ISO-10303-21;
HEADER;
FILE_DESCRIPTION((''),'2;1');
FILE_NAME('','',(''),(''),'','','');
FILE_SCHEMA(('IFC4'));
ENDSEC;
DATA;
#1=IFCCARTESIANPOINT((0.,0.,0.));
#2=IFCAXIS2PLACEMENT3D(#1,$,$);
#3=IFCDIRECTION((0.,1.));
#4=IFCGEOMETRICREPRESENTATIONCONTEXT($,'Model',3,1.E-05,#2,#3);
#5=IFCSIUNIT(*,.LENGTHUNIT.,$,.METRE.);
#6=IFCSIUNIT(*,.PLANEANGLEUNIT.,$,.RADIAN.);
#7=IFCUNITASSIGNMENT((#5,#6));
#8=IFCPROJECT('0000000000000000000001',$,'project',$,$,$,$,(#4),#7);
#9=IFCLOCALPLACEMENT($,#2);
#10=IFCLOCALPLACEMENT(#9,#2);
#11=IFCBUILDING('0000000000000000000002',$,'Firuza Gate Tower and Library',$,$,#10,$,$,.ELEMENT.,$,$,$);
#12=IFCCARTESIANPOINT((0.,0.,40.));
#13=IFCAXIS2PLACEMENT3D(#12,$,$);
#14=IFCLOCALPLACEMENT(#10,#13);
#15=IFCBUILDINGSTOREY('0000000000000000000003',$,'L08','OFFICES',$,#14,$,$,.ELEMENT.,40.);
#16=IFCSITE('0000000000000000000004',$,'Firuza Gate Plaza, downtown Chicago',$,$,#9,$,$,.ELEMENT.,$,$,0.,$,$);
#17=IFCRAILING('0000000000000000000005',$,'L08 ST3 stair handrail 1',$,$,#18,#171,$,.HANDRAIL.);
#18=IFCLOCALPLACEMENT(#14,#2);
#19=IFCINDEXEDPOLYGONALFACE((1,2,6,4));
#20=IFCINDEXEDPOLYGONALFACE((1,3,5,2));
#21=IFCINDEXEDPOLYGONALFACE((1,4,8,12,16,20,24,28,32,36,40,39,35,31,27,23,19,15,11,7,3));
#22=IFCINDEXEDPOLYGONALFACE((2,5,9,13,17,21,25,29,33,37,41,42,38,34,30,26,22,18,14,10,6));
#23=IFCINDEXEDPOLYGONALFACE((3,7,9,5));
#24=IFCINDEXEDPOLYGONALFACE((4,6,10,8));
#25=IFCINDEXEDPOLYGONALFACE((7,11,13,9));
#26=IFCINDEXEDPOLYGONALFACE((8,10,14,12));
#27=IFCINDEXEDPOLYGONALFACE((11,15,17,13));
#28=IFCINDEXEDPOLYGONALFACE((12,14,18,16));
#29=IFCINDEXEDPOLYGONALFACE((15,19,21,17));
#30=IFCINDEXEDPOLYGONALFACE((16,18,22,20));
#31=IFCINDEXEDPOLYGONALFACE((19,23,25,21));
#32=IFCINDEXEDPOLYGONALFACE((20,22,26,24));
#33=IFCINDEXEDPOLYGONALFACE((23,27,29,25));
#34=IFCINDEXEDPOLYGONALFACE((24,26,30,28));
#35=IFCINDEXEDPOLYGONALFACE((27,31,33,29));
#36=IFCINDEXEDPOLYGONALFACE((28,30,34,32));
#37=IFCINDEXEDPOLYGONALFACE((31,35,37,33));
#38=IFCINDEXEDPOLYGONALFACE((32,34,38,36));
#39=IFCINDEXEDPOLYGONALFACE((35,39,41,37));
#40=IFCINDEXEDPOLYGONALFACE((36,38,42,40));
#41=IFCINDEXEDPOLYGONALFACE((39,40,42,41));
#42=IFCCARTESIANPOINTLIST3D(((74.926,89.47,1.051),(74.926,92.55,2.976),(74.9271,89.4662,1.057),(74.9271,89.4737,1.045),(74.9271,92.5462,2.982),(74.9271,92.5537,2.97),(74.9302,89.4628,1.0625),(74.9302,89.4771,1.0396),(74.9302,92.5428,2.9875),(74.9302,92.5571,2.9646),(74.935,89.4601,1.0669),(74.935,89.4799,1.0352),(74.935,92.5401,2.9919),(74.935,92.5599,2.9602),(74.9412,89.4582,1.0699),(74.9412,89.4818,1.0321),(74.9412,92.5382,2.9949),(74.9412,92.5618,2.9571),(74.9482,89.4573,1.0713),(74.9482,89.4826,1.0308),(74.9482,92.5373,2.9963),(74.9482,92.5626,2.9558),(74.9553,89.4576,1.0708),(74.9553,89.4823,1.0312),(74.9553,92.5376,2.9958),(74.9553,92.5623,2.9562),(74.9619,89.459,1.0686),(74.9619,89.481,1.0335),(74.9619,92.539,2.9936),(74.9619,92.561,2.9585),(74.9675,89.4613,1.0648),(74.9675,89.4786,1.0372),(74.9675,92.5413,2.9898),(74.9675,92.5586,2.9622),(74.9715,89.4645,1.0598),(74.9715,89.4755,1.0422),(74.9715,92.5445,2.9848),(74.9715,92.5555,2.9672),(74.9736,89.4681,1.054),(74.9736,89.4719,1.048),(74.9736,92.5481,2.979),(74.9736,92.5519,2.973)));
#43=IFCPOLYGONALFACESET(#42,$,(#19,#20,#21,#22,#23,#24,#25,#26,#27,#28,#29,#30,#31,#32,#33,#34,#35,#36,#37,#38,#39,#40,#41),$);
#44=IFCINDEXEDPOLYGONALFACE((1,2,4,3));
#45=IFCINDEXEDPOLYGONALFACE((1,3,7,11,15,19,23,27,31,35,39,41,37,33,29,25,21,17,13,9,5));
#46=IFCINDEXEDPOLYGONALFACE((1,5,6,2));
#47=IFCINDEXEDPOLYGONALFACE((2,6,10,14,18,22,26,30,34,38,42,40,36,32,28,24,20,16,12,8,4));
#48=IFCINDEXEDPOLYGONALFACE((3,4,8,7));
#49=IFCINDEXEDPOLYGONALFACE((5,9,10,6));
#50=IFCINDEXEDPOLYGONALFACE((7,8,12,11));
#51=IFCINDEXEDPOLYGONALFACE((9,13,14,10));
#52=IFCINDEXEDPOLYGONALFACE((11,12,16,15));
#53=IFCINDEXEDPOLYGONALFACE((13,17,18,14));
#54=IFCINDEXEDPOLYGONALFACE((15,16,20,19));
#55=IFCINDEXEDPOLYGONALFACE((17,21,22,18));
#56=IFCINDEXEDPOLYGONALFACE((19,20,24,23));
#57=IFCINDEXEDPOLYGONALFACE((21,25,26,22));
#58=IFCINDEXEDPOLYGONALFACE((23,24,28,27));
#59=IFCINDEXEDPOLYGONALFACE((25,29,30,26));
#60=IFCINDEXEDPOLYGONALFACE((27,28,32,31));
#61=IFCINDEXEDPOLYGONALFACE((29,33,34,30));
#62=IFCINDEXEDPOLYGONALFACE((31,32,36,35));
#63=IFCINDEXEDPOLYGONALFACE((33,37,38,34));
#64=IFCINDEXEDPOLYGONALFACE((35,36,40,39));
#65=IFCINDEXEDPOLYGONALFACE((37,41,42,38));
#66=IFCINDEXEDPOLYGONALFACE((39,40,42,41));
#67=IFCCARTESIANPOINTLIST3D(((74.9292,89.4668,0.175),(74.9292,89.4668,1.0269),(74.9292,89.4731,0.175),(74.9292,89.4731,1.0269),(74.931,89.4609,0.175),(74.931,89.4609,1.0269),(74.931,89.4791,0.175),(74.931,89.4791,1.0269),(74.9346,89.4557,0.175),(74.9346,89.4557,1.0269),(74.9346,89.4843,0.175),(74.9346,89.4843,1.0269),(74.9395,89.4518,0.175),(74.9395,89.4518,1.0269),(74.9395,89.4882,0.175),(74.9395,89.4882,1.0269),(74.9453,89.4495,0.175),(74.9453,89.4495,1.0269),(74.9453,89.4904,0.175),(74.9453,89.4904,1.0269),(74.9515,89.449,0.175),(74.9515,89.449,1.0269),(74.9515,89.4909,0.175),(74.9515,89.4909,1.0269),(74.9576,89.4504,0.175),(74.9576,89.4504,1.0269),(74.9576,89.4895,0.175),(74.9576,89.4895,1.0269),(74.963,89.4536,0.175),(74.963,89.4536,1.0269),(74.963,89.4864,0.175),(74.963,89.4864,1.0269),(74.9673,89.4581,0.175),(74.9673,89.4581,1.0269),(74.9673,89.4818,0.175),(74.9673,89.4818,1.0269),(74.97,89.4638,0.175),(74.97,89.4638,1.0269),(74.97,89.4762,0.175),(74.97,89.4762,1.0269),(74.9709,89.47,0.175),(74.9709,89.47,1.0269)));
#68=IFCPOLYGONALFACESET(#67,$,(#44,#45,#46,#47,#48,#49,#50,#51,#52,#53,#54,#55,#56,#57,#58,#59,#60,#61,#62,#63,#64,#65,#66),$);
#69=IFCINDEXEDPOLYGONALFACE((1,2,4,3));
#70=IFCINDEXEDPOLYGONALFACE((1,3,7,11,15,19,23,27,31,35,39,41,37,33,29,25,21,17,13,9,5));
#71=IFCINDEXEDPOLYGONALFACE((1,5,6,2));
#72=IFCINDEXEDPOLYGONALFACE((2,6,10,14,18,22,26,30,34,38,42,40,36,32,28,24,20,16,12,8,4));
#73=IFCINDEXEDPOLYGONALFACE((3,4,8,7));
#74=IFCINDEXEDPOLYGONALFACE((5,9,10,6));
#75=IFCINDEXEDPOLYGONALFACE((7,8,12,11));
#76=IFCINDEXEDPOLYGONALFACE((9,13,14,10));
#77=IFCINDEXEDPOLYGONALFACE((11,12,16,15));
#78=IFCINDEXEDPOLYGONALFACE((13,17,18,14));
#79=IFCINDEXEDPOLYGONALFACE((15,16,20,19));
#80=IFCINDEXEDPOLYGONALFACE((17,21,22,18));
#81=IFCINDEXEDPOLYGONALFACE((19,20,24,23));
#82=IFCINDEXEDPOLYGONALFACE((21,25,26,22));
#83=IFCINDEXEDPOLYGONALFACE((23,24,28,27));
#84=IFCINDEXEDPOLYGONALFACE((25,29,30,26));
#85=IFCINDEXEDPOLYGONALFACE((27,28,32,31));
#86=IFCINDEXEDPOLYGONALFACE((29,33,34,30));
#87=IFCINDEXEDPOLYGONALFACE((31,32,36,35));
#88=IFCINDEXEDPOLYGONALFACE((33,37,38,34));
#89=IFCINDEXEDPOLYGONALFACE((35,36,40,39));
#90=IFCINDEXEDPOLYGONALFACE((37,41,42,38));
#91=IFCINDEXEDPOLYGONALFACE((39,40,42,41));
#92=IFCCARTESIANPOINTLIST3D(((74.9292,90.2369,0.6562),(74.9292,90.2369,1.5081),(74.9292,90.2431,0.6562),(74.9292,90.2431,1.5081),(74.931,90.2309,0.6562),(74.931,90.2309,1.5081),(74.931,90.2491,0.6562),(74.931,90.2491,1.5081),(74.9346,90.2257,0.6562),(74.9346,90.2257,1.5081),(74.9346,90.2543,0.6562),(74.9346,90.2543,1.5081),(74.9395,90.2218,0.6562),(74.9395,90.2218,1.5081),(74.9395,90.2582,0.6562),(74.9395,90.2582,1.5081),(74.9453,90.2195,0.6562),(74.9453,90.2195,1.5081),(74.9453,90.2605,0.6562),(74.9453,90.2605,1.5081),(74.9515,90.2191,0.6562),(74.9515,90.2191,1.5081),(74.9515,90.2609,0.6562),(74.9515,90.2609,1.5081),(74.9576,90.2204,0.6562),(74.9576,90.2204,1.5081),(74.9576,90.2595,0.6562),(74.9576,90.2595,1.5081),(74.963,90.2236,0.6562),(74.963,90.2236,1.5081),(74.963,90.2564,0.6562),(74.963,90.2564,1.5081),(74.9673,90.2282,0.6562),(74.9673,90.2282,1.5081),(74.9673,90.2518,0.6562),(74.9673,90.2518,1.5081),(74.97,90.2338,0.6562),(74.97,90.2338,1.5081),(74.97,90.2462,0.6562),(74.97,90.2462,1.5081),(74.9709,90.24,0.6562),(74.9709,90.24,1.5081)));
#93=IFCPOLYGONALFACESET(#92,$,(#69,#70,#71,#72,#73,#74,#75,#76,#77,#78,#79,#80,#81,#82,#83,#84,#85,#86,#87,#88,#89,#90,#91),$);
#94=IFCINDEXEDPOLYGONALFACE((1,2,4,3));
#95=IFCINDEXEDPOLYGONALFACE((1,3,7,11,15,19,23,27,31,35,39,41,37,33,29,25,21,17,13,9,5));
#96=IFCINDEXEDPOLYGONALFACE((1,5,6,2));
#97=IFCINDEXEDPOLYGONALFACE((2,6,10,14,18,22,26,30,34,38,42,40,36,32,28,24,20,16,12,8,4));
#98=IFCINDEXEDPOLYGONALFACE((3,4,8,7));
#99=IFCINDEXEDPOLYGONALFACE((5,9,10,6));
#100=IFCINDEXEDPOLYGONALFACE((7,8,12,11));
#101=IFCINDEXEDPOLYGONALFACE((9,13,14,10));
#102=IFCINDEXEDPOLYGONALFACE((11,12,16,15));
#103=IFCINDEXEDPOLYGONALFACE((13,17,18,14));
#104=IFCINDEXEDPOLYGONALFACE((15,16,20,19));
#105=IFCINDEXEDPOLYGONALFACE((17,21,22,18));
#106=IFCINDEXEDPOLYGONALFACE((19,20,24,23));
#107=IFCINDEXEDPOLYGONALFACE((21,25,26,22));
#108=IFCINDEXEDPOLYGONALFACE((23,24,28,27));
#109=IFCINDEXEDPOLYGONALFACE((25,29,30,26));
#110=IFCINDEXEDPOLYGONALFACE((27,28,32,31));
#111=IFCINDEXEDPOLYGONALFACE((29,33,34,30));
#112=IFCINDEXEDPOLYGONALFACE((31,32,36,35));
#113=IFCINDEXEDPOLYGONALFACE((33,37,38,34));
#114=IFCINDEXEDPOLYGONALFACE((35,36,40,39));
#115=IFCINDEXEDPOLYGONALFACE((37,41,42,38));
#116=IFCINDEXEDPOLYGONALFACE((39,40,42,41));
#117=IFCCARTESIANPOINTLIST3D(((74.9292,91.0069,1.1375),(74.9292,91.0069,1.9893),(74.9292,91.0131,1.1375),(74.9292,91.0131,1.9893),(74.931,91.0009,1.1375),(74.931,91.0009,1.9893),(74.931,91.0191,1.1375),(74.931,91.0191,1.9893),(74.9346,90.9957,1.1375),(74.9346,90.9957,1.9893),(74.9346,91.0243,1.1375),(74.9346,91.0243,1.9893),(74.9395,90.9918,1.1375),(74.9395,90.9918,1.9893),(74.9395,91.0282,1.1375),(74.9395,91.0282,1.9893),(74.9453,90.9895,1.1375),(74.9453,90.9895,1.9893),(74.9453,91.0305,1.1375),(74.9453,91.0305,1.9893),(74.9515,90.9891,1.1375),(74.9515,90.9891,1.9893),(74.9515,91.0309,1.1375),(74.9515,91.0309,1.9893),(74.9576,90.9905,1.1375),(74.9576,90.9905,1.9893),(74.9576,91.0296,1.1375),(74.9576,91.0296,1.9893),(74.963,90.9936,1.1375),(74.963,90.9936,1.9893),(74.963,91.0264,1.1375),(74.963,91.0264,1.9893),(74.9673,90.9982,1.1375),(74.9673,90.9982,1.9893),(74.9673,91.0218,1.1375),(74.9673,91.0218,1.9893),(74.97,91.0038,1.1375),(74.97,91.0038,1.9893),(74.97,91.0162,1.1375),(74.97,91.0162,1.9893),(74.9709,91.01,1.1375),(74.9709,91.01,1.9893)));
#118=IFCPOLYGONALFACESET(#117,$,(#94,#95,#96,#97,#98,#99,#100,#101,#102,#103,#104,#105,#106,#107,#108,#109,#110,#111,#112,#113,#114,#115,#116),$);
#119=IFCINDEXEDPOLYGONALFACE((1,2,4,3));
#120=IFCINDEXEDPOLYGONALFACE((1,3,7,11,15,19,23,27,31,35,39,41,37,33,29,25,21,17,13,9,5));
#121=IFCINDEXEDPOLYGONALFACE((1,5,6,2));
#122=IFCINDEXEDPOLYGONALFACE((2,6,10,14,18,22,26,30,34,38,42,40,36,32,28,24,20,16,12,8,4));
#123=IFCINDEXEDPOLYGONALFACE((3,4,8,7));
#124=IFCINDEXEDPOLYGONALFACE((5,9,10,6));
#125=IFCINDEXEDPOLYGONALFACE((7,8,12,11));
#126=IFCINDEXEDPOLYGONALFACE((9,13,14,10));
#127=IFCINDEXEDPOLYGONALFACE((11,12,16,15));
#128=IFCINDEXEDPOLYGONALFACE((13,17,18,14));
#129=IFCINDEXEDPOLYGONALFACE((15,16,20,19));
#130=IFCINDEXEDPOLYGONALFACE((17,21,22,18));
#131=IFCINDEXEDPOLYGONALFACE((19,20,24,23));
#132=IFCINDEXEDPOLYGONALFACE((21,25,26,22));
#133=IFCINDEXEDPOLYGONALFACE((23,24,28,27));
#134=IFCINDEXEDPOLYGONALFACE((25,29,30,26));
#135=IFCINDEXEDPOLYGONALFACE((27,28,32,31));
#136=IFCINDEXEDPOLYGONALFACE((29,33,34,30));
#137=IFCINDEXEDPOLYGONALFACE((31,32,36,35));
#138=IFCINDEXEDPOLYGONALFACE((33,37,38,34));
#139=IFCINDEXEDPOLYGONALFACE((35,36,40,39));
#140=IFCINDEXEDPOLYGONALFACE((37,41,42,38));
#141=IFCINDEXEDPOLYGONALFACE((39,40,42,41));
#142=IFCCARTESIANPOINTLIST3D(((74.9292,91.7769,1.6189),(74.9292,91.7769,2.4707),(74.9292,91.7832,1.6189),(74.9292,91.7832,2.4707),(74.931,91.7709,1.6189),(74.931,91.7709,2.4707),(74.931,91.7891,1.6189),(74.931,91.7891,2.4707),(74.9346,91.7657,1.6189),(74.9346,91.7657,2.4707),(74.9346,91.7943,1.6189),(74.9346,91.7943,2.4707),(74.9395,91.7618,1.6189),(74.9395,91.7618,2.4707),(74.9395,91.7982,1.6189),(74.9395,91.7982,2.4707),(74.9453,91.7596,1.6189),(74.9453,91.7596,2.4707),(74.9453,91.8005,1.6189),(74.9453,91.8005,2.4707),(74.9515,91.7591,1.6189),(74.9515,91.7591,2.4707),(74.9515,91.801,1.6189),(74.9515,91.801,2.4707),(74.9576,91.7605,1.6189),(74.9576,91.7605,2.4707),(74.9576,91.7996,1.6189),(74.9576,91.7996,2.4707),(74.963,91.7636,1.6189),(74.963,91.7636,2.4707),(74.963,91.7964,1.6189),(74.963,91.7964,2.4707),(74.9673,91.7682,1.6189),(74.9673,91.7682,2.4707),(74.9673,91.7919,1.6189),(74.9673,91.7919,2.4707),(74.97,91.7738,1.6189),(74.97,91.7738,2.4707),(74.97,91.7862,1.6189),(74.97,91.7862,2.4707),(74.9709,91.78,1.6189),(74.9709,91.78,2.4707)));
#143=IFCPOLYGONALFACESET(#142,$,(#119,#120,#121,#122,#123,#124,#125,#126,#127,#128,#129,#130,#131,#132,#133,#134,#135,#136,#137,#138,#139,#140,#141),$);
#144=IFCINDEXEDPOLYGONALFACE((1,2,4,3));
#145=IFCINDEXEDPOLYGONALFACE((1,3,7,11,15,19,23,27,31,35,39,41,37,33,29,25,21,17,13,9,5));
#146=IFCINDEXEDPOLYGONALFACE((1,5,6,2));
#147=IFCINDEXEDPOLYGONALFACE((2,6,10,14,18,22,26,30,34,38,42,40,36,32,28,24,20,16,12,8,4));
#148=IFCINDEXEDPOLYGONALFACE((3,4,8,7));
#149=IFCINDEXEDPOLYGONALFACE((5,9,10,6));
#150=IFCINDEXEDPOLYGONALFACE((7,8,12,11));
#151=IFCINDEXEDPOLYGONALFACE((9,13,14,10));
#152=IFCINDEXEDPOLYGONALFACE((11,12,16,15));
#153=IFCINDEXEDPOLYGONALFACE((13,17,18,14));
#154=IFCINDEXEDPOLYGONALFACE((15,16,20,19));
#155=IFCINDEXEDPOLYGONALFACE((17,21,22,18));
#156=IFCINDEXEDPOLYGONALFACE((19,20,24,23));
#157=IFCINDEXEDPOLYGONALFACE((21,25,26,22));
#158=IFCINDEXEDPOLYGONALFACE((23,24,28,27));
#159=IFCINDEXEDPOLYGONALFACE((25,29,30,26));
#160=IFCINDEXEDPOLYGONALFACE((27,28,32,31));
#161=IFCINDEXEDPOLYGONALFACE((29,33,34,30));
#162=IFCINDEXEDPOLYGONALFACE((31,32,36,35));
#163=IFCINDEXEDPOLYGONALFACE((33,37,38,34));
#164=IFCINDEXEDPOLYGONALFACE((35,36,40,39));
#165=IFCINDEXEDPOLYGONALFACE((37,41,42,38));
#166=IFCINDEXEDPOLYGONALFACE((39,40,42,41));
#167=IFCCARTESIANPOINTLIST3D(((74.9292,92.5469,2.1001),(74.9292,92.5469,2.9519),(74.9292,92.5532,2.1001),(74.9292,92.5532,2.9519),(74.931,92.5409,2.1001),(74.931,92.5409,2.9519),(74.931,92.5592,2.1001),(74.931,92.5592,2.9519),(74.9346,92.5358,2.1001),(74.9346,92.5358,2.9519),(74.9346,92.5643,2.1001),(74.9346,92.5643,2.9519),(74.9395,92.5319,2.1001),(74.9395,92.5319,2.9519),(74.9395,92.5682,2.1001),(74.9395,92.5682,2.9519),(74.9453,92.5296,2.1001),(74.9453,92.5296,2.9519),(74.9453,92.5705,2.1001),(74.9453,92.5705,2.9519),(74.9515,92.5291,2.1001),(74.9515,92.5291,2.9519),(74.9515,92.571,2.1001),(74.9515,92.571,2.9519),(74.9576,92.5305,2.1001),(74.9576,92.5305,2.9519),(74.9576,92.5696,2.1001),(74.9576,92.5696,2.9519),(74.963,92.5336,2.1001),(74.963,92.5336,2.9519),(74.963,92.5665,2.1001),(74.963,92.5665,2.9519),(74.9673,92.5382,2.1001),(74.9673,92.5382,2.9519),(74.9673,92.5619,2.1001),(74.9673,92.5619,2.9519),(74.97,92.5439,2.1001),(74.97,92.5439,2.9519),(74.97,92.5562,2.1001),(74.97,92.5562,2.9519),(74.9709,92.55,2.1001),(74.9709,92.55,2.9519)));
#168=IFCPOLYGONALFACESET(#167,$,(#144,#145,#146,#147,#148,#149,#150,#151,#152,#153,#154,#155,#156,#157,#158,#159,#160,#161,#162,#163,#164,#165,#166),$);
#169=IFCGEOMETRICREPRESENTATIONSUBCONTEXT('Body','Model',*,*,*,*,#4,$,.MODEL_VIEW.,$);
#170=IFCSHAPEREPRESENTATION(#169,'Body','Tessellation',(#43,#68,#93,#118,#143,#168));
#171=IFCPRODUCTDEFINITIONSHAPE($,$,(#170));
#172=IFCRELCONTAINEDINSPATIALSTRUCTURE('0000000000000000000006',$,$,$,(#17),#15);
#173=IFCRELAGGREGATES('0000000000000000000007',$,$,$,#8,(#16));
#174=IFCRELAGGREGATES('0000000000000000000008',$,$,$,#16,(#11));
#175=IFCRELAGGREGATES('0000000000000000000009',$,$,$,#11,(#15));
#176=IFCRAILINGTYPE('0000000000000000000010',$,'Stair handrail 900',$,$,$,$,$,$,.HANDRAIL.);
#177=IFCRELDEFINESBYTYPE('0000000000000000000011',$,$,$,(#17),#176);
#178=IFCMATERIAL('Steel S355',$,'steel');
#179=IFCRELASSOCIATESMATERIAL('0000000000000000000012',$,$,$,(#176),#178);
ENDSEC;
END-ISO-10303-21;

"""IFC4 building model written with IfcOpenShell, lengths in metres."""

from ifc_helpers import new_model, si_unit, direction, frame, origin, origin_2d, place, context, subcontext, project, spatial, circle, extrude, material, type_object, element, save


model = new_model("IFC4")

# Units and contexts
model_context = context("Model", 3, precision=1e-05, world=origin(), true_north=direction((0.0, 1.0)))
body_context = subcontext(model_context, "Body", "Model", "MODEL_VIEW")
ifc_project = project(units=[si_unit("LENGTHUNIT", "METRE"), si_unit("PLANEANGLEUNIT", "RADIAN")], contexts=[model_context])

# Site, building, storey
site_placement = place(None, origin())
site = spatial("IfcSite", under=ifc_project, at=site_placement, Name="Firuza Gate Plaza, downtown Chicago", CompositionType="ELEMENT", RefElevation=0.0)
building_placement = place(site_placement, origin())
building = spatial("IfcBuilding", under=site, at=building_placement, Name="Firuza Gate Tower and Library", CompositionType="ELEMENT")
storey_placement = place(building_placement, frame((0.0, 0.0, 40.0)))
storey = spatial("IfcBuildingStorey", under=building, at=storey_placement, Name="L08", Description="OFFICES", CompositionType="ELEMENT", Elevation=40.0)

# Railing
ifc_material_1 = material(Name="Steel S355", Category="steel")
railing_type_1 = type_object("IfcRailingType", Name="Stair handrail 900", PredefinedType="HANDRAIL", material=ifc_material_1)
railing_1_placement = place(storey_placement, frame((74.95, 89.47, 0.175)))
element("IfcRailing", 1, at=railing_1_placement, inside=storey, type_object=railing_type_1, Name="L08 ST3 stair handrail 1", PredefinedType="HANDRAIL", context=body_context, shape_type="SweptSolid", body=[
    extrude(circle(Radius=0.0239, at=origin_2d()), frame((0.0, 0.0, 0.876), z_axis=(0.0, 0.847998, 0.529999), x_axis=(-1.0, 0.0, 0.0)), (0.0, 0.0, 1.0), 3.6321),
    extrude(circle(Radius=0.021, at=origin_2d()), origin(), (0.0, 0.0, 1.0), 0.8518),
    extrude(circle(Radius=0.021, at=origin_2d()), frame((0.0, 0.77, 0.4812)), (0.0, 0.0, 1.0), 0.8518),
    extrude(circle(Radius=0.021, at=origin_2d()), frame((0.0, 1.54, 0.9624)), (0.0, 0.0, 1.0), 0.8518),
    extrude(circle(Radius=0.021, at=origin_2d()), frame((0.0, 2.3101, 1.4438)), (0.0, 0.0, 1.0), 0.8518),
    extrude(circle(Radius=0.021, at=origin_2d()), frame((0.0, 3.0801, 1.925)), (0.0, 0.0, 1.0), 0.8518),
])

save(model, "model.ifc")
